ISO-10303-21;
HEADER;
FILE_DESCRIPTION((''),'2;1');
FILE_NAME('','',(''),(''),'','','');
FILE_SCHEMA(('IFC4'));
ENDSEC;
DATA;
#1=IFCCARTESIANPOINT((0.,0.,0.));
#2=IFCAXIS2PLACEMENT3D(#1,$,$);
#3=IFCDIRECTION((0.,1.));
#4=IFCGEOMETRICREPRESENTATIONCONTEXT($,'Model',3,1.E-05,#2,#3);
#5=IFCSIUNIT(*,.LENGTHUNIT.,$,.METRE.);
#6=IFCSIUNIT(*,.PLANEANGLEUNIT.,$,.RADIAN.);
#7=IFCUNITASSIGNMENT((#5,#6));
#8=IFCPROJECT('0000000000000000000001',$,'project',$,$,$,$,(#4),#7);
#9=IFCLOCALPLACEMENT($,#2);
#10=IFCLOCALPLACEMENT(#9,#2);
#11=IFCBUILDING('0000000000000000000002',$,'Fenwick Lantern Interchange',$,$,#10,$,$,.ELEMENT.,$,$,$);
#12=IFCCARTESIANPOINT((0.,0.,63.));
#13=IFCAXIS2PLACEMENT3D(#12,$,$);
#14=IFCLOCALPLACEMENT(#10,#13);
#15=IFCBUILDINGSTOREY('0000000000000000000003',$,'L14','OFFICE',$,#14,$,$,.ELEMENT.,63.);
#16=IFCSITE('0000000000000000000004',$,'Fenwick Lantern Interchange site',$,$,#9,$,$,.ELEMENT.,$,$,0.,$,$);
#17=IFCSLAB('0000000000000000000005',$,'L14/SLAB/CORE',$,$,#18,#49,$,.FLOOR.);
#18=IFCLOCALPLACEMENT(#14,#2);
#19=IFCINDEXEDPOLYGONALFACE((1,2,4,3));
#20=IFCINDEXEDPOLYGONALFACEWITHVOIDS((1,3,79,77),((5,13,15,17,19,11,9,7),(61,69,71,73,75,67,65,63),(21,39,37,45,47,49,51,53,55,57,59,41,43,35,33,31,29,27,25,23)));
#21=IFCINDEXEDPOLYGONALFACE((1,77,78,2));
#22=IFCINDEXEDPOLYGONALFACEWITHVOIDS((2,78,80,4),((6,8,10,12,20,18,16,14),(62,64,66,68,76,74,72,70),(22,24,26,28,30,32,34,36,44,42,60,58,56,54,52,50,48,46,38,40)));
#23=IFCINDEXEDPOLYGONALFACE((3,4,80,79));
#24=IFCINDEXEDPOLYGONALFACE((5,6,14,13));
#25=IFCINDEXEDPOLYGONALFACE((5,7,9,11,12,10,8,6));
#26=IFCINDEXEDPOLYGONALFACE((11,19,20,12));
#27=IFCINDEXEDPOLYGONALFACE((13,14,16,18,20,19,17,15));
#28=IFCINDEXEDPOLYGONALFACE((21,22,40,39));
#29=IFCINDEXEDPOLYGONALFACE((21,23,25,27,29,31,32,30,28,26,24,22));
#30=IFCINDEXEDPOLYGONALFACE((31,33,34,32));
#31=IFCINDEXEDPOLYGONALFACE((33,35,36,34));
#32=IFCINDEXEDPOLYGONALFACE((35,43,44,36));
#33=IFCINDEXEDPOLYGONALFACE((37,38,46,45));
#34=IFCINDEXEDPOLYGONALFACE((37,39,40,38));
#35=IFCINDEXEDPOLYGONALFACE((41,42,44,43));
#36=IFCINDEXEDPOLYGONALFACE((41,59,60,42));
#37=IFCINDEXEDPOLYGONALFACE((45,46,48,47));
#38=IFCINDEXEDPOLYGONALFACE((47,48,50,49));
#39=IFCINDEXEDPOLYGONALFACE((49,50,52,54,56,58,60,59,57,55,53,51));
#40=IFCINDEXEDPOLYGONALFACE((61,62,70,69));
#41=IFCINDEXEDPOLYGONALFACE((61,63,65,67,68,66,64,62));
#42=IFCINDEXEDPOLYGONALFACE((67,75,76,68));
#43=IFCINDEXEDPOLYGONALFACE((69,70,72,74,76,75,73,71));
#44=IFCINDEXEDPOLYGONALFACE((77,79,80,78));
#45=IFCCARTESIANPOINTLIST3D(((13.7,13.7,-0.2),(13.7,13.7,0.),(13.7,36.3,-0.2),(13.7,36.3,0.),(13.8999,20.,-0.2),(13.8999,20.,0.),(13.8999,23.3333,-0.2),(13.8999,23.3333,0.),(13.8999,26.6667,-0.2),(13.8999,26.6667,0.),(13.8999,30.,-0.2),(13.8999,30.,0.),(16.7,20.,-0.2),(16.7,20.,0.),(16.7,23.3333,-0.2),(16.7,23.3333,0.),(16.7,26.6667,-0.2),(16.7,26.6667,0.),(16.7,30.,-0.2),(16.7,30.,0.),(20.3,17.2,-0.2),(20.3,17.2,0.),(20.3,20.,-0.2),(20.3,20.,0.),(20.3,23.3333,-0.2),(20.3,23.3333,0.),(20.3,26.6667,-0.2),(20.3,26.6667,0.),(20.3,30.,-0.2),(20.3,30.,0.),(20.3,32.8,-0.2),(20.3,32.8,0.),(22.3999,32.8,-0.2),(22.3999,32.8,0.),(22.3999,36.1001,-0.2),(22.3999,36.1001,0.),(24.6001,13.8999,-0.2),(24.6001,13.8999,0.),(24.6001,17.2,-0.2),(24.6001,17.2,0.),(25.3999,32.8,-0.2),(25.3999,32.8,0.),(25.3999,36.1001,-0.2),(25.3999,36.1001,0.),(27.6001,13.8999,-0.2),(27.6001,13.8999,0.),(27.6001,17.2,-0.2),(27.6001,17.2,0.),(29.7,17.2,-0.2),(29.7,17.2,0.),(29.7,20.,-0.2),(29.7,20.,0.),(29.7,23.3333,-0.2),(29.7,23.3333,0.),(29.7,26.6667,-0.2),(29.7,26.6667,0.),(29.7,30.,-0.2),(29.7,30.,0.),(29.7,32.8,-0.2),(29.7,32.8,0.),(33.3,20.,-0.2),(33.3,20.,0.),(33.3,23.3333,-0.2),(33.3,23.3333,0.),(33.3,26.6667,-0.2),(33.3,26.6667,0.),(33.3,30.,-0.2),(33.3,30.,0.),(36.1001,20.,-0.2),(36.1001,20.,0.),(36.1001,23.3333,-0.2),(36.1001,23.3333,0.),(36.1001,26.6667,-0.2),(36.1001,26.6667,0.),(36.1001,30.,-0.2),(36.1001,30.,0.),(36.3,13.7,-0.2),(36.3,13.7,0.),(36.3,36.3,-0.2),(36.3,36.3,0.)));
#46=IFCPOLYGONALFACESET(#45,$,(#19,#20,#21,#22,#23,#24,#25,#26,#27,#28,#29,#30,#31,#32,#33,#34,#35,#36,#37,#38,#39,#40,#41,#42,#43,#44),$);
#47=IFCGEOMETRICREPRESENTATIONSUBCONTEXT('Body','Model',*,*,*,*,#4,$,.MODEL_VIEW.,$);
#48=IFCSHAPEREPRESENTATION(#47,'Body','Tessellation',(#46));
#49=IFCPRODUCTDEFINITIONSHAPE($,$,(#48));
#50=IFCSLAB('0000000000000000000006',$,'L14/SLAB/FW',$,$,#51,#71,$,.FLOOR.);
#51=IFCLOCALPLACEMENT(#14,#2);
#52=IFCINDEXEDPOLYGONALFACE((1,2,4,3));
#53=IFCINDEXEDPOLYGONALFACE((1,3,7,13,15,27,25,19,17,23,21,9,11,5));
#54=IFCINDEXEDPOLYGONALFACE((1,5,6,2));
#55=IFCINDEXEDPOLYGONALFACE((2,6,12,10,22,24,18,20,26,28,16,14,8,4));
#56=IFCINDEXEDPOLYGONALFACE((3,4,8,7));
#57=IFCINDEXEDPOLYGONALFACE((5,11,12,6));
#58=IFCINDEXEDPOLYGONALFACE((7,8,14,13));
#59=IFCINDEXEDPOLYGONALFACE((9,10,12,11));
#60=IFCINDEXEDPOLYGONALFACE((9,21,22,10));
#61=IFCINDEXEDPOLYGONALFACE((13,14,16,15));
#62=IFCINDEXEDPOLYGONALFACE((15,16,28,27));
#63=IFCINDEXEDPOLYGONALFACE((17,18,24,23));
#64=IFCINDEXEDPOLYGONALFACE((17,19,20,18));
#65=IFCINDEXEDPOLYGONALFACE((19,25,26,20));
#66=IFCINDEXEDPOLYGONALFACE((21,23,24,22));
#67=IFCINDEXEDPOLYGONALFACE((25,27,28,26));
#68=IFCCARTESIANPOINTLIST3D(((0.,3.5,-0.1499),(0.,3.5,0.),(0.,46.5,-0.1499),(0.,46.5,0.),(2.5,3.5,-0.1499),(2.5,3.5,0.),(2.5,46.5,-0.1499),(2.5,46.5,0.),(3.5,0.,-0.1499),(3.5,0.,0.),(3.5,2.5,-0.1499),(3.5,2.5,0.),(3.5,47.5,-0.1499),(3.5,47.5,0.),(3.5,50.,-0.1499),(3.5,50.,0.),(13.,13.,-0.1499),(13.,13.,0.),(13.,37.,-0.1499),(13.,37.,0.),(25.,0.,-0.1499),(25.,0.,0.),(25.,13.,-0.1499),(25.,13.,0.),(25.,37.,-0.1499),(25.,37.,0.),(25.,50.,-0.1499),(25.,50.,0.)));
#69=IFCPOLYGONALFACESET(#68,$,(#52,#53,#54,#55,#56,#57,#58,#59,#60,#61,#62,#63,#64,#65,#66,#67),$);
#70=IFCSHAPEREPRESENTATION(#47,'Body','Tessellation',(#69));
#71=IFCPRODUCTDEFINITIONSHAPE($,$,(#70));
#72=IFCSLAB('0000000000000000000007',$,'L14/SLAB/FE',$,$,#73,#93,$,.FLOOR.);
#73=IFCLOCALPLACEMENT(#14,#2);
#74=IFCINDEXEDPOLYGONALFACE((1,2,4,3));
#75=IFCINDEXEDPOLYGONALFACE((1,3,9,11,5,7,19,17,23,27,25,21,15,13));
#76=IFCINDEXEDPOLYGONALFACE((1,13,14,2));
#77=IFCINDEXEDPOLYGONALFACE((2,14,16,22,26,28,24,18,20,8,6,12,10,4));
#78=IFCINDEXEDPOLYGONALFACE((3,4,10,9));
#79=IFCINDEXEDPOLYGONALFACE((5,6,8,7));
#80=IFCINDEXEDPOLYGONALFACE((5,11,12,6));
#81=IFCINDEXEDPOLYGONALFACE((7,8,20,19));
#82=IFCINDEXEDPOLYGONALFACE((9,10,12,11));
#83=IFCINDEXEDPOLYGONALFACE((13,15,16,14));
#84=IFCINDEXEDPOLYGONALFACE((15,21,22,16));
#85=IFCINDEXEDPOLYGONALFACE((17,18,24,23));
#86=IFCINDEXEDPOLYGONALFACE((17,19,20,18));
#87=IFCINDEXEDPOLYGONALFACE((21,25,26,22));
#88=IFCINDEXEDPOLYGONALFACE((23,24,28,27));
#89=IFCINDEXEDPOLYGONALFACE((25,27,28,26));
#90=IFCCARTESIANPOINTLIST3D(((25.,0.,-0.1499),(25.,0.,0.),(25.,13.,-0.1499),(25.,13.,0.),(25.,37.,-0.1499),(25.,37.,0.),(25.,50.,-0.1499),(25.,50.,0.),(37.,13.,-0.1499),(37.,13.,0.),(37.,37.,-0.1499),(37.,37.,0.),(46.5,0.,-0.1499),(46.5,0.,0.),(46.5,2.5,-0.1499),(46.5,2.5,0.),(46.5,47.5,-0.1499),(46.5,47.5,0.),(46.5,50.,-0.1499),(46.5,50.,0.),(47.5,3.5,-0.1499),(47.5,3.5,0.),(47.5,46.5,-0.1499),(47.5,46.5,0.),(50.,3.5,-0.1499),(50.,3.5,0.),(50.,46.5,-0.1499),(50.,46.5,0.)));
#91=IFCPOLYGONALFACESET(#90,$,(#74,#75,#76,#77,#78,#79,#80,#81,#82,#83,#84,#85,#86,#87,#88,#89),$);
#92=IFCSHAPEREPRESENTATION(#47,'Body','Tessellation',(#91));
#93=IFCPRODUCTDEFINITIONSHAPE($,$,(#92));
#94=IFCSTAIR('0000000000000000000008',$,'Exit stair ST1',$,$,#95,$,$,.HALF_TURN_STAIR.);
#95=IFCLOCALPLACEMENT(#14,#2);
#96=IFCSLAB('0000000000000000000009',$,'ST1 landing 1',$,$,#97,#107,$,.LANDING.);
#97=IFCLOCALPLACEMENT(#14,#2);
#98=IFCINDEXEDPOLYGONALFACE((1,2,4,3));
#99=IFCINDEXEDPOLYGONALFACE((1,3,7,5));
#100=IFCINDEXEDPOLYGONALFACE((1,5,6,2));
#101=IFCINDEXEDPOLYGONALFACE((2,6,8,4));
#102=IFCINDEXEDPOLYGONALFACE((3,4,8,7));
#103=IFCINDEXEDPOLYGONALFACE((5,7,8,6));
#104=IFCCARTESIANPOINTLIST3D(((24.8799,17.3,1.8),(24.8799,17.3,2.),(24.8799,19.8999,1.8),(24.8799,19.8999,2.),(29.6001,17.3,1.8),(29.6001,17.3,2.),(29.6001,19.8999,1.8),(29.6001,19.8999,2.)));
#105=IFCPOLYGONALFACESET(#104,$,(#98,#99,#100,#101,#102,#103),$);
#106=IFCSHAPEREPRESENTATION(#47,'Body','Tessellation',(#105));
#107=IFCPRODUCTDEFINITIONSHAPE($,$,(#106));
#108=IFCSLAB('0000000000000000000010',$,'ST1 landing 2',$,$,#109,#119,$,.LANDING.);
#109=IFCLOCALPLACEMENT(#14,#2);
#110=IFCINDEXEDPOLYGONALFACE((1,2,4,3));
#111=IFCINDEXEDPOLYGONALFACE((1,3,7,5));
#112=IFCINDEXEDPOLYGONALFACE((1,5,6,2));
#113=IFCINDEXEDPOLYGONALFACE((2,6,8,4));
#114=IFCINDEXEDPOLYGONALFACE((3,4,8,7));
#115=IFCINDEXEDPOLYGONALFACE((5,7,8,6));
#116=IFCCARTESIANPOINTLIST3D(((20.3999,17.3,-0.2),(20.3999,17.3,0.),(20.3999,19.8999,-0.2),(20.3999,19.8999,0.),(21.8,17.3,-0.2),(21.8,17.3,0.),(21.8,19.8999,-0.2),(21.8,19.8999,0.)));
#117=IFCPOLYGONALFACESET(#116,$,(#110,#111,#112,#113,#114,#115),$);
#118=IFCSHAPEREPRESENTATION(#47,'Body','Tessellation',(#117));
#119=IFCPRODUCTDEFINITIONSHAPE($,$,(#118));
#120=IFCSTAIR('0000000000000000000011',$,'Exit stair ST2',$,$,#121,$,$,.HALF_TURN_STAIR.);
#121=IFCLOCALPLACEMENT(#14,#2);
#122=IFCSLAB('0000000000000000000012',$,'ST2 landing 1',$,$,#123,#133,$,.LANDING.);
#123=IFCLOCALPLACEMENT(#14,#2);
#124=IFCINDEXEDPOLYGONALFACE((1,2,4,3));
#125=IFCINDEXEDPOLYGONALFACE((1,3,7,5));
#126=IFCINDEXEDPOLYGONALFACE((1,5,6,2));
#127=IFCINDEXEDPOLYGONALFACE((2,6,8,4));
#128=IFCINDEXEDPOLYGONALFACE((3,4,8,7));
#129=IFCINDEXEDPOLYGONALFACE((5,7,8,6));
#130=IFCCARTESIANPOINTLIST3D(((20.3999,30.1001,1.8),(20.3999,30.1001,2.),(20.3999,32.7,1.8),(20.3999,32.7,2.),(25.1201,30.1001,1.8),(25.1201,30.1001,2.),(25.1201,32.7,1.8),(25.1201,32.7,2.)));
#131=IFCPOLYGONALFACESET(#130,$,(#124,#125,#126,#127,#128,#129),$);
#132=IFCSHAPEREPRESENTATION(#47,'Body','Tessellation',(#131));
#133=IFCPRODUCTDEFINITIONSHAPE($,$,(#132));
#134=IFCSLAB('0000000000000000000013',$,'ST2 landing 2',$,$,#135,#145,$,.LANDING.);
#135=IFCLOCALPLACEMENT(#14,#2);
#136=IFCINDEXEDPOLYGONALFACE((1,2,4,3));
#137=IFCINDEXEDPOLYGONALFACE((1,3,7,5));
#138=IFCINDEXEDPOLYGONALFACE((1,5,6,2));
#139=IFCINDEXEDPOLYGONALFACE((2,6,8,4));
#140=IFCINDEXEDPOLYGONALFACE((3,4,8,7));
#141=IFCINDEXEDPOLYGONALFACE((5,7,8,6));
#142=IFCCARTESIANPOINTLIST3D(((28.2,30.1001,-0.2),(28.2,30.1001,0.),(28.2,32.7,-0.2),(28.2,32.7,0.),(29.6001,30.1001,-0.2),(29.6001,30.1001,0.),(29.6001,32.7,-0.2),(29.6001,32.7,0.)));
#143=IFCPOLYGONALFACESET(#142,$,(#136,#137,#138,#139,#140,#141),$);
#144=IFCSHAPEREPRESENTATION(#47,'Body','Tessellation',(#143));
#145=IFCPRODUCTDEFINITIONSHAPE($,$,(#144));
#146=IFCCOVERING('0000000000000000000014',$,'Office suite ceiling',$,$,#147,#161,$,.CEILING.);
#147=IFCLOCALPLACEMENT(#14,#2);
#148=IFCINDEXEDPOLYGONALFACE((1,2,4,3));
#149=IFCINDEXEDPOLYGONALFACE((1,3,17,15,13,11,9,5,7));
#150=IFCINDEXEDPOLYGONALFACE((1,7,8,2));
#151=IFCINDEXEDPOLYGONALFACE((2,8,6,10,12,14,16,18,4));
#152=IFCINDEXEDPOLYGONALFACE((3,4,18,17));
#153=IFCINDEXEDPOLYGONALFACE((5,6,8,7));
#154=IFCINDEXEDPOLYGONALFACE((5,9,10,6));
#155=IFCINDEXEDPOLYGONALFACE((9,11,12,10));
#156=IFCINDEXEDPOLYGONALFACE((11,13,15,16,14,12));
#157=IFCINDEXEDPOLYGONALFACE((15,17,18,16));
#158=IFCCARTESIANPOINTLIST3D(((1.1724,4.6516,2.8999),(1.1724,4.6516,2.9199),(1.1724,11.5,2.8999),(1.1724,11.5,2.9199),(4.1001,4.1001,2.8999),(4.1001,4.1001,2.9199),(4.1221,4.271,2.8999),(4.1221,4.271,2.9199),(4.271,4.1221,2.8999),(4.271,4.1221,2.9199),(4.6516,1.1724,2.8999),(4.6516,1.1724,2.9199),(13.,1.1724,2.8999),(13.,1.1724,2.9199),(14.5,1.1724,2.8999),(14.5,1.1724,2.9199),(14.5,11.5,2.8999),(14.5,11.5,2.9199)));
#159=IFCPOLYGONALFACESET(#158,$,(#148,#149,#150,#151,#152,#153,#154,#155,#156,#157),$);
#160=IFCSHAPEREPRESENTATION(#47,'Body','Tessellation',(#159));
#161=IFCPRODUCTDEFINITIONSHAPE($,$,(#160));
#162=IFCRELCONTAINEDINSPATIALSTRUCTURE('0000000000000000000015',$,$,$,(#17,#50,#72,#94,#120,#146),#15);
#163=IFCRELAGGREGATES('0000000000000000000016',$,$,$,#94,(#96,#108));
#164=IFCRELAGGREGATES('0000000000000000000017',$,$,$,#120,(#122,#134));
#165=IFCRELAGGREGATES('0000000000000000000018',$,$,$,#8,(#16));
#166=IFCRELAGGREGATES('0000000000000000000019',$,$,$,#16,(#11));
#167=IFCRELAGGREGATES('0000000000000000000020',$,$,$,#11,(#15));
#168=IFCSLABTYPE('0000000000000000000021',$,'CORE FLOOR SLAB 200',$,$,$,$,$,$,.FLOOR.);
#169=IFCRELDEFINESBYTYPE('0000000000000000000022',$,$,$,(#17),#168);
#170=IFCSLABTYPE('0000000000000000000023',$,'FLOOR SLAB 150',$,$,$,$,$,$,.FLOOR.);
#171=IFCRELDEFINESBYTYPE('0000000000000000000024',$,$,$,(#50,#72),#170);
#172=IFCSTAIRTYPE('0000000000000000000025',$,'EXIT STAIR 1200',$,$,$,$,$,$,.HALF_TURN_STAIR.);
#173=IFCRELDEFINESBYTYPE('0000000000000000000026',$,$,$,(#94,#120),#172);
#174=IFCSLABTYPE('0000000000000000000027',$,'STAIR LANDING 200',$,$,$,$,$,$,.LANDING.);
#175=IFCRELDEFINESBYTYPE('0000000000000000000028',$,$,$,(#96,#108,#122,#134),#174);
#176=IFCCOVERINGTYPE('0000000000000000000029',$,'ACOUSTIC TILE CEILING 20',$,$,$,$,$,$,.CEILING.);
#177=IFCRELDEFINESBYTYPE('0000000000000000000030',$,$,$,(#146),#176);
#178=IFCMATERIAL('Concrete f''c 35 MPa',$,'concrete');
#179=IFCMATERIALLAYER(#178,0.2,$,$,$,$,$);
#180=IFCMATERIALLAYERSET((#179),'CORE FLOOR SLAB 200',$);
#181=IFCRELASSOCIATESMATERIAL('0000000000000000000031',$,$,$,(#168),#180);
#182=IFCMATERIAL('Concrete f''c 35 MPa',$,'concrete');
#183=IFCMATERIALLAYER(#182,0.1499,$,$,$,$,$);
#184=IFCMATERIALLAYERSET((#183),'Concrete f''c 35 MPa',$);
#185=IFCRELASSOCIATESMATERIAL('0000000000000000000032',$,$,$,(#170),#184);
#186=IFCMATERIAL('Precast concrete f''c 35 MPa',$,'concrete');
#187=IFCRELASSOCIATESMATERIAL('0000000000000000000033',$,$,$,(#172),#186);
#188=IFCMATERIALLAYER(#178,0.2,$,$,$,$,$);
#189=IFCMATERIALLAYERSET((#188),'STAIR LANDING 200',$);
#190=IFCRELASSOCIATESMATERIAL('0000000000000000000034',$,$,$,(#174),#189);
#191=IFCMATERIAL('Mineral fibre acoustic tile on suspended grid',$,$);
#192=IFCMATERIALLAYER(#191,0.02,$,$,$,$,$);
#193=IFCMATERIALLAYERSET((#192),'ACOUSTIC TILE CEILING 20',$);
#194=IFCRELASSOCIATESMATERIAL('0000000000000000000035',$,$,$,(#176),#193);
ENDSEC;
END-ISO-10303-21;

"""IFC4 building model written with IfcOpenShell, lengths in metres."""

from ifc_helpers import new_model, si_unit, direction, frame, origin, place, context, subcontext, project, spatial, polyline, outline, extrude, material, layer, layer_set, type_object, element, aggregate, save


model = new_model("IFC4")

# Units and contexts
model_context = context("Model", 3, precision=1e-05, world=origin(), true_north=direction((0.0, 1.0)))
body_context = subcontext(model_context, "Body", "Model", "MODEL_VIEW")
ifc_project = project(units=[si_unit("LENGTHUNIT", "METRE"), si_unit("PLANEANGLEUNIT", "RADIAN")], contexts=[model_context])

# Site, building, storey
site_placement = place(None, origin())
site = spatial("IfcSite", under=ifc_project, at=site_placement, Name="Fenwick Lantern Interchange site", CompositionType="ELEMENT", RefElevation=0.0)
building_placement = place(site_placement, origin())
building = spatial("IfcBuilding", under=site, at=building_placement, Name="Fenwick Lantern Interchange", CompositionType="ELEMENT")
storey_placement = place(building_placement, frame((0.0, 0.0, 63.0)))
storey = spatial("IfcBuildingStorey", under=building, at=storey_placement, Name="L14", Description="OFFICE", CompositionType="ELEMENT", Elevation=63.0)

# Slabs
ifc_material_1 = material(Name="Concrete f'c 35 MPa", Category="concrete")
ifc_layer_1 = layer(ifc_material_1, 0.2)
ifc_layer_set_1 = layer_set([ifc_layer_1], Name="CORE FLOOR SLAB 200")
slab_type_1 = type_object("IfcSlabType", Name="CORE FLOOR SLAB 200", PredefinedType="FLOOR", material=ifc_layer_set_1)
slab_1_placement = place(storey_placement, frame((0.0, 0.0, -0.2)))
element("IfcSlab", 1, at=slab_1_placement, inside=storey, type_object=slab_type_1, Name="L14/SLAB/CORE", PredefinedType="FLOOR", context=body_context, shape_type="SweptSolid", body=[
    extrude(outline(polyline([(13.7, 36.3), (36.3, 36.3), (36.3, 13.7), (13.7, 13.7), (13.7, 36.3)]), holes=[polyline([(13.8999, 20.0), (16.7, 20.0), (16.7, 23.3333), (16.7, 26.6667), (16.7, 30.0), (13.8999, 30.0), (13.8999, 26.6667), (13.8999, 23.3333), (13.8999, 20.0)]), polyline([(20.3, 20.0), (20.3, 17.2), (24.6001, 17.2), (24.6001, 13.8999), (27.6001, 13.8999), (27.6001, 17.2), (29.7, 17.2), (29.7, 20.0), (29.7, 23.3333), (29.7, 26.6667), (29.7, 30.0), (29.7, 32.8), (25.3999, 32.8), (25.3999, 36.1001), (22.3999, 36.1001), (22.3999, 32.8), (20.3, 32.8), (20.3, 30.0), (20.3, 26.6667), (20.3, 23.3333), (20.3, 20.0)]), polyline([(33.3, 23.3333), (33.3, 20.0), (36.1001, 20.0), (36.1001, 23.3333), (36.1001, 26.6667), (36.1001, 30.0), (33.3, 30.0), (33.3, 26.6667), (33.3, 23.3333)])]), origin(), (0.0, 0.0, 1.0), 0.2),
])
ifc_material_2 = material(Name="Concrete f'c 35 MPa", Category="concrete")
ifc_layer_2 = layer(ifc_material_2, 0.1499)
ifc_layer_set_2 = layer_set([ifc_layer_2], Name="Concrete f'c 35 MPa")
slab_type_2 = type_object("IfcSlabType", Name="FLOOR SLAB 150", PredefinedType="FLOOR", material=ifc_layer_set_2)
slab_2_placement = place(storey_placement, frame((0.0, 0.0, -0.1499)))
element("IfcSlab", 2, at=slab_2_placement, inside=storey, type_object=slab_type_2, Name="L14/SLAB/FW", PredefinedType="FLOOR", context=body_context, shape_type="SweptSolid", body=[
    extrude(outline(polyline([(3.5, 0.0), (3.5, 2.5), (2.5, 3.5), (0.0, 3.5), (0.0, 46.5), (2.5, 46.5), (3.5, 47.5), (3.5, 50.0), (25.0, 50.0), (25.0, 37.0), (13.0, 37.0), (13.0, 13.0), (25.0, 13.0), (25.0, 0.0), (3.5, 0.0)])), origin(), (0.0, 0.0, 1.0), 0.1499),
])
slab_3_placement = place(storey_placement, frame((0.0, 0.0, -0.1499)))
element("IfcSlab", 3, at=slab_3_placement, inside=storey, type_object=slab_type_2, Name="L14/SLAB/FE", PredefinedType="FLOOR", context=body_context, shape_type="SweptSolid", body=[
    extrude(outline(polyline([(46.5, 50.0), (46.5, 47.5), (47.5, 46.5), (50.0, 46.5), (50.0, 3.5), (47.5, 3.5), (46.5, 2.5), (46.5, 0.0), (25.0, 0.0), (25.0, 13.0), (37.0, 13.0), (37.0, 37.0), (25.0, 37.0), (25.0, 50.0), (46.5, 50.0)])), origin(), (0.0, 0.0, 1.0), 0.1499),
])

# Stairs, slabs
ifc_material_3 = material(Name="Precast concrete f'c 35 MPa", Category="concrete")
stair_type = type_object("IfcStairType", Name="EXIT STAIR 1200", PredefinedType="HALF_TURN_STAIR", material=ifc_material_3)
stair_1_placement = place(storey_placement, origin())
stair_1 = element("IfcStair", 4, at=stair_1_placement, inside=storey, type_object=stair_type, Name="Exit stair ST1", PredefinedType="HALF_TURN_STAIR")
ifc_layer_3 = layer(ifc_material_1, 0.2)
ifc_layer_set_3 = layer_set([ifc_layer_3], Name="STAIR LANDING 200")
slab_type_3 = type_object("IfcSlabType", Name="STAIR LANDING 200", PredefinedType="LANDING", material=ifc_layer_set_3)
slab_4_placement = place(storey_placement, frame((0.0, 0.0, 1.8)))
slab_4 = element("IfcSlab", 5, at=slab_4_placement, type_object=slab_type_3, Name="ST1 landing 1", PredefinedType="LANDING", context=body_context, shape_type="SweptSolid", body=[
    extrude(outline(polyline([(24.8799, 17.3), (29.6001, 17.3), (29.6001, 19.8999), (24.8799, 19.8999), (24.8799, 17.3)])), origin(), (0.0, 0.0, 1.0), 0.2),
])
slab_5_placement = place(storey_placement, frame((0.0, 0.0, -0.2)))
slab_5 = element("IfcSlab", 6, at=slab_5_placement, type_object=slab_type_3, Name="ST1 landing 2", PredefinedType="LANDING", context=body_context, shape_type="SweptSolid", body=[
    extrude(outline(polyline([(20.3999, 17.3), (21.8, 17.3), (21.8, 19.8999), (20.3999, 19.8999), (20.3999, 17.3)])), origin(), (0.0, 0.0, 1.0), 0.2),
])
aggregate(stair_1, [slab_4, slab_5])
stair_2_placement = place(storey_placement, origin())
stair_2 = element("IfcStair", 7, at=stair_2_placement, inside=storey, type_object=stair_type, Name="Exit stair ST2", PredefinedType="HALF_TURN_STAIR")
slab_6_placement = place(storey_placement, frame((0.0, 0.0, 1.8)))
slab_6 = element("IfcSlab", 8, at=slab_6_placement, type_object=slab_type_3, Name="ST2 landing 1", PredefinedType="LANDING", context=body_context, shape_type="SweptSolid", body=[
    extrude(outline(polyline([(25.1201, 32.7), (20.3999, 32.7), (20.3999, 30.1001), (25.1201, 30.1001), (25.1201, 32.7)])), origin(), (0.0, 0.0, 1.0), 0.2),
])
slab_7_placement = place(storey_placement, frame((0.0, 0.0, -0.2)))
slab_7 = element("IfcSlab", 9, at=slab_7_placement, type_object=slab_type_3, Name="ST2 landing 2", PredefinedType="LANDING", context=body_context, shape_type="SweptSolid", body=[
    extrude(outline(polyline([(29.6001, 32.7), (28.2, 32.7), (28.2, 30.1001), (29.6001, 30.1001), (29.6001, 32.7)])), origin(), (0.0, 0.0, 1.0), 0.2),
])
aggregate(stair_2, [slab_6, slab_7])

# Covering
ifc_material_4 = material(Name="Mineral fibre acoustic tile on suspended grid")
ifc_layer_4 = layer(ifc_material_4, 0.02)
ifc_layer_set_4 = layer_set([ifc_layer_4], Name="ACOUSTIC TILE CEILING 20")
covering_type_1 = type_object("IfcCoveringType", Name="ACOUSTIC TILE CEILING 20", PredefinedType="CEILING", material=ifc_layer_set_4)
covering_1_placement = place(storey_placement, frame((0.0, 0.0, 2.8999)))
element("IfcCovering", 10, at=covering_1_placement, inside=storey, type_object=covering_type_1, Name="Office suite ceiling", PredefinedType="CEILING", context=body_context, shape_type="SweptSolid", body=[
    extrude(outline(polyline([(14.5, 11.5), (1.1724, 11.5), (1.1724, 4.6516), (4.1221, 4.271), (4.1001, 4.1001), (4.271, 4.1221), (4.6516, 1.1724), (13.0, 1.1724), (14.5, 1.1724), (14.5, 11.5)])), origin(), (0.0, 0.0, 1.0), 0.02),
])

save(model, "model.ifc")
